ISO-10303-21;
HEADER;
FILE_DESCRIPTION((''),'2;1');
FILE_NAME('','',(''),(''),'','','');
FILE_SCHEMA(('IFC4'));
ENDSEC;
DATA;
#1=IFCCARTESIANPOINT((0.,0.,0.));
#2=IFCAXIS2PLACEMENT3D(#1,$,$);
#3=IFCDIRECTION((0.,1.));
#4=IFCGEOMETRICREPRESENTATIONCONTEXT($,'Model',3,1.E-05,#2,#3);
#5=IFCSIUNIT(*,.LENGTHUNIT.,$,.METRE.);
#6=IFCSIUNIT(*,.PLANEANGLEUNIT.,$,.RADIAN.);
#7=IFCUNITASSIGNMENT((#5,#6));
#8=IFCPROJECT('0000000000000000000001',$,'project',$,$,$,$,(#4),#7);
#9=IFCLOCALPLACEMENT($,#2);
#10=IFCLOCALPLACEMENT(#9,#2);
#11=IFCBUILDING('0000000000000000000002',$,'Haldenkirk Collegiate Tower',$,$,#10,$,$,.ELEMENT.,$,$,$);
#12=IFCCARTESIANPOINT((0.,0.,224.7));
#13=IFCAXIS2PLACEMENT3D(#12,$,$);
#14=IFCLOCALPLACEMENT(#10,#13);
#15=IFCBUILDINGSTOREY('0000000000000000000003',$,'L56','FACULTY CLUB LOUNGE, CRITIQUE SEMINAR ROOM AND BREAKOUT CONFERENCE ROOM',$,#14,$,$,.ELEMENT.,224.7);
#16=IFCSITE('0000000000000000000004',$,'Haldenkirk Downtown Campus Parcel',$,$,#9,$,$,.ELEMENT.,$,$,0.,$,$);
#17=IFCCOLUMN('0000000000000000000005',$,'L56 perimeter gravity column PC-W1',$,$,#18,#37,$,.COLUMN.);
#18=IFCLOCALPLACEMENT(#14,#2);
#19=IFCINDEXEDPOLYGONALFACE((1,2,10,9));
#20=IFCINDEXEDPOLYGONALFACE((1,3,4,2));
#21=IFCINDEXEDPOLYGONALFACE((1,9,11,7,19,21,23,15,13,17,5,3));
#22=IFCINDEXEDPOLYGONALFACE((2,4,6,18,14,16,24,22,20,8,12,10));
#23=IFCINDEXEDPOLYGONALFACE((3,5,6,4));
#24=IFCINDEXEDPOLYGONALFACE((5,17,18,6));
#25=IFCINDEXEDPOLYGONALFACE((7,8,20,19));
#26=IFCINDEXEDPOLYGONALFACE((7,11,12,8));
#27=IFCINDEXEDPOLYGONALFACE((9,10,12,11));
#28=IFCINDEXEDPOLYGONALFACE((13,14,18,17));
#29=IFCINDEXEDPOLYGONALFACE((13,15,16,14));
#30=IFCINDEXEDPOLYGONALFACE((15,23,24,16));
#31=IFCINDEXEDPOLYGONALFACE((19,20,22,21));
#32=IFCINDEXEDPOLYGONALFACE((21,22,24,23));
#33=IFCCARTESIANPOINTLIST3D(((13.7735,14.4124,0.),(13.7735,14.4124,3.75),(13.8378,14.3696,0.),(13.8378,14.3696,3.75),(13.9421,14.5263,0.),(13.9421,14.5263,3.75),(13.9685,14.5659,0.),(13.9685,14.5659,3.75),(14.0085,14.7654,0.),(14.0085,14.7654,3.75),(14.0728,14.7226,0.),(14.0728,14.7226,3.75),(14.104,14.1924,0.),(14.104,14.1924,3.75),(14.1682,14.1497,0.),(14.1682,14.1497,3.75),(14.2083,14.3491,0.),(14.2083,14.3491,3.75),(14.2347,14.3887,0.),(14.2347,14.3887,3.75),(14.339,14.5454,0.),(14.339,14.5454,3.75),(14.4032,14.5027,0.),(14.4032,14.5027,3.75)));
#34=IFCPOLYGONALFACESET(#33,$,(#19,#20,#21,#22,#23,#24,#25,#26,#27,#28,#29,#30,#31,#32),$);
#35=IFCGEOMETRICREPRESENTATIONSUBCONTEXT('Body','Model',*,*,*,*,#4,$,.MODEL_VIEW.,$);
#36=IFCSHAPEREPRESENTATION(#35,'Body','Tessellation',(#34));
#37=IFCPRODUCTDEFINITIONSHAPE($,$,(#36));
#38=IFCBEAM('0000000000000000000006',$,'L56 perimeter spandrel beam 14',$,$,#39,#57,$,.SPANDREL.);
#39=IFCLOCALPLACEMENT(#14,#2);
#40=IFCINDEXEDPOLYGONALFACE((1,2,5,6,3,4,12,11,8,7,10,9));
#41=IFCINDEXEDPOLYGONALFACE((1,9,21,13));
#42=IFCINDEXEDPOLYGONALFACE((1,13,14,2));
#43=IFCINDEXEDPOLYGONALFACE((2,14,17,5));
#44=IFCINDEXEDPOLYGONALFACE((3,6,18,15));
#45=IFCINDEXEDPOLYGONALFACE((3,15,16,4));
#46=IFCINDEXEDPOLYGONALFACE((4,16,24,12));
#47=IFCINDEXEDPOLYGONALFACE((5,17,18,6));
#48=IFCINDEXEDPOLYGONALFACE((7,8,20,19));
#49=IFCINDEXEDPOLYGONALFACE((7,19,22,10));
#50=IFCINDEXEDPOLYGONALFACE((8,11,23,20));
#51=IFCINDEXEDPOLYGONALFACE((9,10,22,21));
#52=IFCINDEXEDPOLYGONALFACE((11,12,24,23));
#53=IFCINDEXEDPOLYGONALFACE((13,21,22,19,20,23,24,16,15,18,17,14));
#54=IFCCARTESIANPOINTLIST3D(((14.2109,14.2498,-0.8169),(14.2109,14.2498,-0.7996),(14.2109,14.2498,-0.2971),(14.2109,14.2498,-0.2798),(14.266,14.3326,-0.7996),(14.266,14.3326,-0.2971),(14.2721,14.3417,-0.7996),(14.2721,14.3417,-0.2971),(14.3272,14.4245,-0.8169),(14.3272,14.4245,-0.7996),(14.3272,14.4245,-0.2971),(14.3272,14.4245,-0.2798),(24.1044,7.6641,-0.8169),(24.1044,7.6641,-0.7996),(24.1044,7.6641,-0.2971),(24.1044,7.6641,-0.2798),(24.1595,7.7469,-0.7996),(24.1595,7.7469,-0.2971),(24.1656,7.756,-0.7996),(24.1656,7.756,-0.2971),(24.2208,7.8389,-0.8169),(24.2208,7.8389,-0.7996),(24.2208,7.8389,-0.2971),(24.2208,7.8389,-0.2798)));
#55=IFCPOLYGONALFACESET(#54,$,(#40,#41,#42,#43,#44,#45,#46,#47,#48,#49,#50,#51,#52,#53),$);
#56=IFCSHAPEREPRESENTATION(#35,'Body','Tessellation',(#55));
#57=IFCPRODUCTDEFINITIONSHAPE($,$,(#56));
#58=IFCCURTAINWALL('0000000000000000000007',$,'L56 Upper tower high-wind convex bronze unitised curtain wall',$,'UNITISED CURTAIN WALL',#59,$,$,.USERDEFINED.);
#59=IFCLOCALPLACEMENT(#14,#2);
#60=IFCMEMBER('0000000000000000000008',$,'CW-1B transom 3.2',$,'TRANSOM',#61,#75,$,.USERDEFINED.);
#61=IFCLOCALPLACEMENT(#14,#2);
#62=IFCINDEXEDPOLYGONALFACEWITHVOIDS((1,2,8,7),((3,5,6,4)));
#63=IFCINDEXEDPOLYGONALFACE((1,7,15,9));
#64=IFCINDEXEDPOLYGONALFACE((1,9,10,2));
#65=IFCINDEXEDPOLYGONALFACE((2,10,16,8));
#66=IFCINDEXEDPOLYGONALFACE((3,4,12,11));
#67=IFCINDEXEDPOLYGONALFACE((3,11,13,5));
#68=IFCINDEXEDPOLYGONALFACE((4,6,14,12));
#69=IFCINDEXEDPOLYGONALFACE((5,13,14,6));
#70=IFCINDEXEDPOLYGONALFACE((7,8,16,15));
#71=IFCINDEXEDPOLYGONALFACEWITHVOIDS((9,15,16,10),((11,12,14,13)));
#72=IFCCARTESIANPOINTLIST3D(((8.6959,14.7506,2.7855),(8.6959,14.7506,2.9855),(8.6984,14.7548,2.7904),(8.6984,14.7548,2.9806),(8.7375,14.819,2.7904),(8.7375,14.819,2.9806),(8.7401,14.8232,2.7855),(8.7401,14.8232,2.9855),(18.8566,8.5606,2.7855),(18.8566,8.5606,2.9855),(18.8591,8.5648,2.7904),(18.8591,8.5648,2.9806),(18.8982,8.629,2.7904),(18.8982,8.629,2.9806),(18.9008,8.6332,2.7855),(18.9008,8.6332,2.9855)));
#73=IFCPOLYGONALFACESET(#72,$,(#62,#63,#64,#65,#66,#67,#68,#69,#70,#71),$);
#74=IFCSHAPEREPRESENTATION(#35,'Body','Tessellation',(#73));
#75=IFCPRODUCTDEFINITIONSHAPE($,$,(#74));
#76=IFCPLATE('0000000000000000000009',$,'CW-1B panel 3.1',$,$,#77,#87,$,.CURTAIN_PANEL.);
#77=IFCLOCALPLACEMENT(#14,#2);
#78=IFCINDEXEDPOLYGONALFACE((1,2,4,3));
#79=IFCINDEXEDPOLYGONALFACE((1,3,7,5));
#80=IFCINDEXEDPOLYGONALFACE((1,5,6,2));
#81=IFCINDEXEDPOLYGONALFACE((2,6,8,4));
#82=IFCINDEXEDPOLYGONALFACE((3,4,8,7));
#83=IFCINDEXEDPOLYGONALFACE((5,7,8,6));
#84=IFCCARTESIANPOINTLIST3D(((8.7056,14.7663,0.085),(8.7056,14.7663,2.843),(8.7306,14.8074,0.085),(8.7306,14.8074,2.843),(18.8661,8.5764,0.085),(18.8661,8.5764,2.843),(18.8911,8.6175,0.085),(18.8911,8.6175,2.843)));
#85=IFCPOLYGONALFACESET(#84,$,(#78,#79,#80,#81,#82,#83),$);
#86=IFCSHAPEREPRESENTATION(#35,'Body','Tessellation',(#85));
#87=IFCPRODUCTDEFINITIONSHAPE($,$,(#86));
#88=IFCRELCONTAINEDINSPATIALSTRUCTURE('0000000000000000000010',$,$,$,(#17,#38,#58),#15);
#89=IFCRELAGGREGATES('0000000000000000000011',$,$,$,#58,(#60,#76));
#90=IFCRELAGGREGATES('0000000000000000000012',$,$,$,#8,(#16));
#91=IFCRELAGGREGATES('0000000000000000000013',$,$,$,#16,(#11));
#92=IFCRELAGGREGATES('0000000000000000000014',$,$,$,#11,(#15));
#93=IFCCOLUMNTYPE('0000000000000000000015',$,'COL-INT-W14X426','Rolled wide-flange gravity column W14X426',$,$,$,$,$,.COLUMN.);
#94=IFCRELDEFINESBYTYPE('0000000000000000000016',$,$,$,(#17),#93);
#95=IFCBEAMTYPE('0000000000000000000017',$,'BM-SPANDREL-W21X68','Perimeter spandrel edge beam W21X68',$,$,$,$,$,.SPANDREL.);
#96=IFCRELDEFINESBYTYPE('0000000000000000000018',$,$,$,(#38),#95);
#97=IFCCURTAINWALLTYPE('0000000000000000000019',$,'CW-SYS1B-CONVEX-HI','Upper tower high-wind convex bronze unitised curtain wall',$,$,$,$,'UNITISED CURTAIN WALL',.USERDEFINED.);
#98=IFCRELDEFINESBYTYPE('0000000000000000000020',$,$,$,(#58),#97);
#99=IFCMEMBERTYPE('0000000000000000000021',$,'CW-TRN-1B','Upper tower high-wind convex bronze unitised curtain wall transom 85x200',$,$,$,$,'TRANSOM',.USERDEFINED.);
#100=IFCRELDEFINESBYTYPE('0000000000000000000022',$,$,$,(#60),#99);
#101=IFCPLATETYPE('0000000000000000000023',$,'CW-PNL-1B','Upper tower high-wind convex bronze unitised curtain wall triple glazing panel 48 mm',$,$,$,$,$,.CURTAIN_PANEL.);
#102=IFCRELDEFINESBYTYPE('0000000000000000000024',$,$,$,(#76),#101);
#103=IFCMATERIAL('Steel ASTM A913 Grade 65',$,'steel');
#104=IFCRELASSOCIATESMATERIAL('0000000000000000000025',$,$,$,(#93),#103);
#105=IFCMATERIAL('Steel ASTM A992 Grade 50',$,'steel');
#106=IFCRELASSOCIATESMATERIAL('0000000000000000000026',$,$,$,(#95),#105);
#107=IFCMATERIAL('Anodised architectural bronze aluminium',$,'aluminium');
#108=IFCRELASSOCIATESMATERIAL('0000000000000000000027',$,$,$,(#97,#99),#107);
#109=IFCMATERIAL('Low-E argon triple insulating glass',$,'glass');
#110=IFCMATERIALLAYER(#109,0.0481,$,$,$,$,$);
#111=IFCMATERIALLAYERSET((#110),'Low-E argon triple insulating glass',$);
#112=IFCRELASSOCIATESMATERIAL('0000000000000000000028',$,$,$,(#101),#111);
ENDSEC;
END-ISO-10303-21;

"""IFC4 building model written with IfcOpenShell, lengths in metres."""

from ifc_helpers import new_model, si_unit, direction, frame, origin, origin_2d, place, context, subcontext, project, spatial, rectangle, hollow_rectangle, i_section, extrude, source, transform, mapped, material, layer, layer_set, material_profile, profile_set, type_object, element, aggregate, save


model = new_model("IFC4")

# Units and contexts
model_context = context("Model", 3, precision=1e-05, world=origin(), true_north=direction((0.0, 1.0)))
body_context = subcontext(model_context, "Body", "Model", "MODEL_VIEW")
ifc_project = project(units=[si_unit("LENGTHUNIT", "METRE"), si_unit("PLANEANGLEUNIT", "RADIAN")], contexts=[model_context])

# Site, building, storey
site_placement = place(None, origin())
site = spatial("IfcSite", under=ifc_project, at=site_placement, Name="Haldenkirk Downtown Campus Parcel", CompositionType="ELEMENT", RefElevation=0.0)
building_placement = place(site_placement, origin())
building = spatial("IfcBuilding", under=site, at=building_placement, Name="Haldenkirk Collegiate Tower", CompositionType="ELEMENT")
storey_placement = place(building_placement, frame((0.0, 0.0, 224.7)))
storey = spatial("IfcBuildingStorey", under=building, at=storey_placement, Name="L56", Description="FACULTY CLUB LOUNGE, CRITIQUE SEMINAR ROOM AND BREAKOUT CONFERENCE ROOM", CompositionType="ELEMENT", Elevation=224.7)

# Column
ifc_material_1 = material(Name="Steel ASTM A913 Grade 65", Category="steel")
ifc_material_profile_1 = material_profile(ifc_material_1, i_section(OverallWidth=0.4241, OverallDepth=0.4741, WebThickness=0.0476, FlangeThickness=0.0771, at=origin_2d()), Name="W14X426")
ifc_profile_set_1 = profile_set([ifc_material_profile_1], Name="Steel ASTM A913 Grade 65")
column_type = type_object("IfcColumnType", Name="COL-INT-W14X426", Description="Rolled wide-flange gravity column W14X426", PredefinedType="COLUMN", material=ifc_profile_set_1)
column_placement = place(storey_placement, frame((14.0884, 14.4575, 0.0), z_axis=(0.0, 0.0, 1.0), x_axis=(0.554118, 0.832438, 0.0)))
element("IfcColumn", 1, at=column_placement, inside=storey, type_object=column_type, Name="L56 perimeter gravity column PC-W1", PredefinedType="COLUMN", context=body_context, shape_type="SweptSolid", body=[
    extrude(i_section(OverallWidth=0.4241, OverallDepth=0.4741, WebThickness=0.0476, FlangeThickness=0.0771, at=origin_2d()), origin(), (0.0, 0.0, 1.0), 3.75),
])

# Beam
ifc_material_2 = material(Name="Steel ASTM A992 Grade 50", Category="steel")
ifc_material_profile_2 = material_profile(ifc_material_2, i_section(OverallWidth=0.21, OverallDepth=0.5371, WebThickness=0.011, FlangeThickness=0.0173, at=origin_2d()), Name="W21X68")
ifc_profile_set_2 = profile_set([ifc_material_profile_2], Name="Steel ASTM A992 Grade 50")
beam_type = type_object("IfcBeamType", Name="BM-SPANDREL-W21X68", Description="Perimeter spandrel edge beam W21X68", PredefinedType="SPANDREL", material=ifc_profile_set_2)
beam_placement = place(storey_placement, frame((14.269, 14.3372, -0.5483), z_axis=(0.832439, -0.554117, 0.0), x_axis=(0.554117, 0.832439, 0.0)))
element("IfcBeam", 2, at=beam_placement, inside=storey, type_object=beam_type, Name="L56 perimeter spandrel beam 14", PredefinedType="SPANDREL", context=body_context, shape_type="SweptSolid", body=[
    extrude(i_section(OverallWidth=0.21, OverallDepth=0.5371, WebThickness=0.011, FlangeThickness=0.0173, at=origin_2d()), origin(), (0.0, 0.0, 1.0), 11.885),
])

# Curtain wall, member, plate
ifc_material_3 = material(Name="Anodised architectural bronze aluminium", Category="aluminium")
curtain_wall_type = type_object("IfcCurtainWallType", Name="CW-SYS1B-CONVEX-HI", Description="Upper tower high-wind convex bronze unitised curtain wall", ElementType="UNITISED CURTAIN WALL", PredefinedType="USERDEFINED", material=ifc_material_3)
curtain_wall_placement = place(storey_placement, origin())
curtain_wall = element("IfcCurtainWall", 3, at=curtain_wall_placement, inside=storey, type_object=curtain_wall_type, Name="L56 Upper tower high-wind convex bronze unitised curtain wall", ObjectType="UNITISED CURTAIN WALL", PredefinedType="USERDEFINED")
ifc_material_profile_3 = material_profile(ifc_material_3, hollow_rectangle(XDim=0.085, YDim=0.2, WallThickness=0.0049, at=origin_2d()), Name="CW-TRN-1B")
ifc_profile_set_3 = profile_set([ifc_material_profile_3], Name="Anodised architectural bronze aluminium")
member_type = type_object("IfcMemberType", Name="CW-TRN-1B", Description="Upper tower high-wind convex bronze unitised curtain wall transom 85x200", ElementType="TRANSOM", PredefinedType="USERDEFINED", material=ifc_profile_set_3)
member_placement = place(storey_placement, frame((18.8787, 8.5969, 2.8855), z_axis=(-0.854004, 0.520266, 0.0), x_axis=(-0.520266, -0.854004, 0.0)))
member = element("IfcMember", 4, at=member_placement, type_object=member_type, Name="CW-1B transom 3.2", ObjectType="TRANSOM", PredefinedType="USERDEFINED", context=body_context, shape_type="SweptSolid", body=[
    extrude(hollow_rectangle(XDim=0.085, YDim=0.2, WallThickness=0.0049, at=origin_2d()), origin(), (0.0, 0.0, 1.0), 11.8977),
])
ifc_material_4 = material(Name="Low-E argon triple insulating glass", Category="glass")
ifc_layer_1 = layer(ifc_material_4, 0.0481)
ifc_layer_set_1 = layer_set([ifc_layer_1], Name="Low-E argon triple insulating glass")
plate_type = type_object("IfcPlateType", Name="CW-PNL-1B", Description="Upper tower high-wind convex bronze unitised curtain wall triple glazing panel 48 mm", PredefinedType="CURTAIN_PANEL", material=ifc_layer_set_1)
shared_shape = source(origin(), body_context, "Body", "SweptSolid", [
    extrude(rectangle(XDim=11.8975, YDim=0.0481, at=origin_2d()), origin(), (0.0, 0.0, 1.0), 2.7581),
])
plate_placement = place(storey_placement, frame((13.7983, 11.6919, 0.085), z_axis=(0.0, 0.0, 1.0), x_axis=(-0.854003, 0.520268, 0.0)))
plate = element("IfcPlate", 5, at=plate_placement, type_object=plate_type, Name="CW-1B panel 3.1", PredefinedType="CURTAIN_PANEL", context=body_context, shape_type="MappedRepresentation", body=[
    mapped(shared_shape, transform((0.0, 0.0, 0.0), x_axis=(1.0, 0.0, 0.0), y_axis=(0.0, 1.0, 0.0), z_axis=(0.0, 0.0, 1.0), scale=1.0)),
])
aggregate(curtain_wall, [member, plate])

save(model, "model.ifc")
